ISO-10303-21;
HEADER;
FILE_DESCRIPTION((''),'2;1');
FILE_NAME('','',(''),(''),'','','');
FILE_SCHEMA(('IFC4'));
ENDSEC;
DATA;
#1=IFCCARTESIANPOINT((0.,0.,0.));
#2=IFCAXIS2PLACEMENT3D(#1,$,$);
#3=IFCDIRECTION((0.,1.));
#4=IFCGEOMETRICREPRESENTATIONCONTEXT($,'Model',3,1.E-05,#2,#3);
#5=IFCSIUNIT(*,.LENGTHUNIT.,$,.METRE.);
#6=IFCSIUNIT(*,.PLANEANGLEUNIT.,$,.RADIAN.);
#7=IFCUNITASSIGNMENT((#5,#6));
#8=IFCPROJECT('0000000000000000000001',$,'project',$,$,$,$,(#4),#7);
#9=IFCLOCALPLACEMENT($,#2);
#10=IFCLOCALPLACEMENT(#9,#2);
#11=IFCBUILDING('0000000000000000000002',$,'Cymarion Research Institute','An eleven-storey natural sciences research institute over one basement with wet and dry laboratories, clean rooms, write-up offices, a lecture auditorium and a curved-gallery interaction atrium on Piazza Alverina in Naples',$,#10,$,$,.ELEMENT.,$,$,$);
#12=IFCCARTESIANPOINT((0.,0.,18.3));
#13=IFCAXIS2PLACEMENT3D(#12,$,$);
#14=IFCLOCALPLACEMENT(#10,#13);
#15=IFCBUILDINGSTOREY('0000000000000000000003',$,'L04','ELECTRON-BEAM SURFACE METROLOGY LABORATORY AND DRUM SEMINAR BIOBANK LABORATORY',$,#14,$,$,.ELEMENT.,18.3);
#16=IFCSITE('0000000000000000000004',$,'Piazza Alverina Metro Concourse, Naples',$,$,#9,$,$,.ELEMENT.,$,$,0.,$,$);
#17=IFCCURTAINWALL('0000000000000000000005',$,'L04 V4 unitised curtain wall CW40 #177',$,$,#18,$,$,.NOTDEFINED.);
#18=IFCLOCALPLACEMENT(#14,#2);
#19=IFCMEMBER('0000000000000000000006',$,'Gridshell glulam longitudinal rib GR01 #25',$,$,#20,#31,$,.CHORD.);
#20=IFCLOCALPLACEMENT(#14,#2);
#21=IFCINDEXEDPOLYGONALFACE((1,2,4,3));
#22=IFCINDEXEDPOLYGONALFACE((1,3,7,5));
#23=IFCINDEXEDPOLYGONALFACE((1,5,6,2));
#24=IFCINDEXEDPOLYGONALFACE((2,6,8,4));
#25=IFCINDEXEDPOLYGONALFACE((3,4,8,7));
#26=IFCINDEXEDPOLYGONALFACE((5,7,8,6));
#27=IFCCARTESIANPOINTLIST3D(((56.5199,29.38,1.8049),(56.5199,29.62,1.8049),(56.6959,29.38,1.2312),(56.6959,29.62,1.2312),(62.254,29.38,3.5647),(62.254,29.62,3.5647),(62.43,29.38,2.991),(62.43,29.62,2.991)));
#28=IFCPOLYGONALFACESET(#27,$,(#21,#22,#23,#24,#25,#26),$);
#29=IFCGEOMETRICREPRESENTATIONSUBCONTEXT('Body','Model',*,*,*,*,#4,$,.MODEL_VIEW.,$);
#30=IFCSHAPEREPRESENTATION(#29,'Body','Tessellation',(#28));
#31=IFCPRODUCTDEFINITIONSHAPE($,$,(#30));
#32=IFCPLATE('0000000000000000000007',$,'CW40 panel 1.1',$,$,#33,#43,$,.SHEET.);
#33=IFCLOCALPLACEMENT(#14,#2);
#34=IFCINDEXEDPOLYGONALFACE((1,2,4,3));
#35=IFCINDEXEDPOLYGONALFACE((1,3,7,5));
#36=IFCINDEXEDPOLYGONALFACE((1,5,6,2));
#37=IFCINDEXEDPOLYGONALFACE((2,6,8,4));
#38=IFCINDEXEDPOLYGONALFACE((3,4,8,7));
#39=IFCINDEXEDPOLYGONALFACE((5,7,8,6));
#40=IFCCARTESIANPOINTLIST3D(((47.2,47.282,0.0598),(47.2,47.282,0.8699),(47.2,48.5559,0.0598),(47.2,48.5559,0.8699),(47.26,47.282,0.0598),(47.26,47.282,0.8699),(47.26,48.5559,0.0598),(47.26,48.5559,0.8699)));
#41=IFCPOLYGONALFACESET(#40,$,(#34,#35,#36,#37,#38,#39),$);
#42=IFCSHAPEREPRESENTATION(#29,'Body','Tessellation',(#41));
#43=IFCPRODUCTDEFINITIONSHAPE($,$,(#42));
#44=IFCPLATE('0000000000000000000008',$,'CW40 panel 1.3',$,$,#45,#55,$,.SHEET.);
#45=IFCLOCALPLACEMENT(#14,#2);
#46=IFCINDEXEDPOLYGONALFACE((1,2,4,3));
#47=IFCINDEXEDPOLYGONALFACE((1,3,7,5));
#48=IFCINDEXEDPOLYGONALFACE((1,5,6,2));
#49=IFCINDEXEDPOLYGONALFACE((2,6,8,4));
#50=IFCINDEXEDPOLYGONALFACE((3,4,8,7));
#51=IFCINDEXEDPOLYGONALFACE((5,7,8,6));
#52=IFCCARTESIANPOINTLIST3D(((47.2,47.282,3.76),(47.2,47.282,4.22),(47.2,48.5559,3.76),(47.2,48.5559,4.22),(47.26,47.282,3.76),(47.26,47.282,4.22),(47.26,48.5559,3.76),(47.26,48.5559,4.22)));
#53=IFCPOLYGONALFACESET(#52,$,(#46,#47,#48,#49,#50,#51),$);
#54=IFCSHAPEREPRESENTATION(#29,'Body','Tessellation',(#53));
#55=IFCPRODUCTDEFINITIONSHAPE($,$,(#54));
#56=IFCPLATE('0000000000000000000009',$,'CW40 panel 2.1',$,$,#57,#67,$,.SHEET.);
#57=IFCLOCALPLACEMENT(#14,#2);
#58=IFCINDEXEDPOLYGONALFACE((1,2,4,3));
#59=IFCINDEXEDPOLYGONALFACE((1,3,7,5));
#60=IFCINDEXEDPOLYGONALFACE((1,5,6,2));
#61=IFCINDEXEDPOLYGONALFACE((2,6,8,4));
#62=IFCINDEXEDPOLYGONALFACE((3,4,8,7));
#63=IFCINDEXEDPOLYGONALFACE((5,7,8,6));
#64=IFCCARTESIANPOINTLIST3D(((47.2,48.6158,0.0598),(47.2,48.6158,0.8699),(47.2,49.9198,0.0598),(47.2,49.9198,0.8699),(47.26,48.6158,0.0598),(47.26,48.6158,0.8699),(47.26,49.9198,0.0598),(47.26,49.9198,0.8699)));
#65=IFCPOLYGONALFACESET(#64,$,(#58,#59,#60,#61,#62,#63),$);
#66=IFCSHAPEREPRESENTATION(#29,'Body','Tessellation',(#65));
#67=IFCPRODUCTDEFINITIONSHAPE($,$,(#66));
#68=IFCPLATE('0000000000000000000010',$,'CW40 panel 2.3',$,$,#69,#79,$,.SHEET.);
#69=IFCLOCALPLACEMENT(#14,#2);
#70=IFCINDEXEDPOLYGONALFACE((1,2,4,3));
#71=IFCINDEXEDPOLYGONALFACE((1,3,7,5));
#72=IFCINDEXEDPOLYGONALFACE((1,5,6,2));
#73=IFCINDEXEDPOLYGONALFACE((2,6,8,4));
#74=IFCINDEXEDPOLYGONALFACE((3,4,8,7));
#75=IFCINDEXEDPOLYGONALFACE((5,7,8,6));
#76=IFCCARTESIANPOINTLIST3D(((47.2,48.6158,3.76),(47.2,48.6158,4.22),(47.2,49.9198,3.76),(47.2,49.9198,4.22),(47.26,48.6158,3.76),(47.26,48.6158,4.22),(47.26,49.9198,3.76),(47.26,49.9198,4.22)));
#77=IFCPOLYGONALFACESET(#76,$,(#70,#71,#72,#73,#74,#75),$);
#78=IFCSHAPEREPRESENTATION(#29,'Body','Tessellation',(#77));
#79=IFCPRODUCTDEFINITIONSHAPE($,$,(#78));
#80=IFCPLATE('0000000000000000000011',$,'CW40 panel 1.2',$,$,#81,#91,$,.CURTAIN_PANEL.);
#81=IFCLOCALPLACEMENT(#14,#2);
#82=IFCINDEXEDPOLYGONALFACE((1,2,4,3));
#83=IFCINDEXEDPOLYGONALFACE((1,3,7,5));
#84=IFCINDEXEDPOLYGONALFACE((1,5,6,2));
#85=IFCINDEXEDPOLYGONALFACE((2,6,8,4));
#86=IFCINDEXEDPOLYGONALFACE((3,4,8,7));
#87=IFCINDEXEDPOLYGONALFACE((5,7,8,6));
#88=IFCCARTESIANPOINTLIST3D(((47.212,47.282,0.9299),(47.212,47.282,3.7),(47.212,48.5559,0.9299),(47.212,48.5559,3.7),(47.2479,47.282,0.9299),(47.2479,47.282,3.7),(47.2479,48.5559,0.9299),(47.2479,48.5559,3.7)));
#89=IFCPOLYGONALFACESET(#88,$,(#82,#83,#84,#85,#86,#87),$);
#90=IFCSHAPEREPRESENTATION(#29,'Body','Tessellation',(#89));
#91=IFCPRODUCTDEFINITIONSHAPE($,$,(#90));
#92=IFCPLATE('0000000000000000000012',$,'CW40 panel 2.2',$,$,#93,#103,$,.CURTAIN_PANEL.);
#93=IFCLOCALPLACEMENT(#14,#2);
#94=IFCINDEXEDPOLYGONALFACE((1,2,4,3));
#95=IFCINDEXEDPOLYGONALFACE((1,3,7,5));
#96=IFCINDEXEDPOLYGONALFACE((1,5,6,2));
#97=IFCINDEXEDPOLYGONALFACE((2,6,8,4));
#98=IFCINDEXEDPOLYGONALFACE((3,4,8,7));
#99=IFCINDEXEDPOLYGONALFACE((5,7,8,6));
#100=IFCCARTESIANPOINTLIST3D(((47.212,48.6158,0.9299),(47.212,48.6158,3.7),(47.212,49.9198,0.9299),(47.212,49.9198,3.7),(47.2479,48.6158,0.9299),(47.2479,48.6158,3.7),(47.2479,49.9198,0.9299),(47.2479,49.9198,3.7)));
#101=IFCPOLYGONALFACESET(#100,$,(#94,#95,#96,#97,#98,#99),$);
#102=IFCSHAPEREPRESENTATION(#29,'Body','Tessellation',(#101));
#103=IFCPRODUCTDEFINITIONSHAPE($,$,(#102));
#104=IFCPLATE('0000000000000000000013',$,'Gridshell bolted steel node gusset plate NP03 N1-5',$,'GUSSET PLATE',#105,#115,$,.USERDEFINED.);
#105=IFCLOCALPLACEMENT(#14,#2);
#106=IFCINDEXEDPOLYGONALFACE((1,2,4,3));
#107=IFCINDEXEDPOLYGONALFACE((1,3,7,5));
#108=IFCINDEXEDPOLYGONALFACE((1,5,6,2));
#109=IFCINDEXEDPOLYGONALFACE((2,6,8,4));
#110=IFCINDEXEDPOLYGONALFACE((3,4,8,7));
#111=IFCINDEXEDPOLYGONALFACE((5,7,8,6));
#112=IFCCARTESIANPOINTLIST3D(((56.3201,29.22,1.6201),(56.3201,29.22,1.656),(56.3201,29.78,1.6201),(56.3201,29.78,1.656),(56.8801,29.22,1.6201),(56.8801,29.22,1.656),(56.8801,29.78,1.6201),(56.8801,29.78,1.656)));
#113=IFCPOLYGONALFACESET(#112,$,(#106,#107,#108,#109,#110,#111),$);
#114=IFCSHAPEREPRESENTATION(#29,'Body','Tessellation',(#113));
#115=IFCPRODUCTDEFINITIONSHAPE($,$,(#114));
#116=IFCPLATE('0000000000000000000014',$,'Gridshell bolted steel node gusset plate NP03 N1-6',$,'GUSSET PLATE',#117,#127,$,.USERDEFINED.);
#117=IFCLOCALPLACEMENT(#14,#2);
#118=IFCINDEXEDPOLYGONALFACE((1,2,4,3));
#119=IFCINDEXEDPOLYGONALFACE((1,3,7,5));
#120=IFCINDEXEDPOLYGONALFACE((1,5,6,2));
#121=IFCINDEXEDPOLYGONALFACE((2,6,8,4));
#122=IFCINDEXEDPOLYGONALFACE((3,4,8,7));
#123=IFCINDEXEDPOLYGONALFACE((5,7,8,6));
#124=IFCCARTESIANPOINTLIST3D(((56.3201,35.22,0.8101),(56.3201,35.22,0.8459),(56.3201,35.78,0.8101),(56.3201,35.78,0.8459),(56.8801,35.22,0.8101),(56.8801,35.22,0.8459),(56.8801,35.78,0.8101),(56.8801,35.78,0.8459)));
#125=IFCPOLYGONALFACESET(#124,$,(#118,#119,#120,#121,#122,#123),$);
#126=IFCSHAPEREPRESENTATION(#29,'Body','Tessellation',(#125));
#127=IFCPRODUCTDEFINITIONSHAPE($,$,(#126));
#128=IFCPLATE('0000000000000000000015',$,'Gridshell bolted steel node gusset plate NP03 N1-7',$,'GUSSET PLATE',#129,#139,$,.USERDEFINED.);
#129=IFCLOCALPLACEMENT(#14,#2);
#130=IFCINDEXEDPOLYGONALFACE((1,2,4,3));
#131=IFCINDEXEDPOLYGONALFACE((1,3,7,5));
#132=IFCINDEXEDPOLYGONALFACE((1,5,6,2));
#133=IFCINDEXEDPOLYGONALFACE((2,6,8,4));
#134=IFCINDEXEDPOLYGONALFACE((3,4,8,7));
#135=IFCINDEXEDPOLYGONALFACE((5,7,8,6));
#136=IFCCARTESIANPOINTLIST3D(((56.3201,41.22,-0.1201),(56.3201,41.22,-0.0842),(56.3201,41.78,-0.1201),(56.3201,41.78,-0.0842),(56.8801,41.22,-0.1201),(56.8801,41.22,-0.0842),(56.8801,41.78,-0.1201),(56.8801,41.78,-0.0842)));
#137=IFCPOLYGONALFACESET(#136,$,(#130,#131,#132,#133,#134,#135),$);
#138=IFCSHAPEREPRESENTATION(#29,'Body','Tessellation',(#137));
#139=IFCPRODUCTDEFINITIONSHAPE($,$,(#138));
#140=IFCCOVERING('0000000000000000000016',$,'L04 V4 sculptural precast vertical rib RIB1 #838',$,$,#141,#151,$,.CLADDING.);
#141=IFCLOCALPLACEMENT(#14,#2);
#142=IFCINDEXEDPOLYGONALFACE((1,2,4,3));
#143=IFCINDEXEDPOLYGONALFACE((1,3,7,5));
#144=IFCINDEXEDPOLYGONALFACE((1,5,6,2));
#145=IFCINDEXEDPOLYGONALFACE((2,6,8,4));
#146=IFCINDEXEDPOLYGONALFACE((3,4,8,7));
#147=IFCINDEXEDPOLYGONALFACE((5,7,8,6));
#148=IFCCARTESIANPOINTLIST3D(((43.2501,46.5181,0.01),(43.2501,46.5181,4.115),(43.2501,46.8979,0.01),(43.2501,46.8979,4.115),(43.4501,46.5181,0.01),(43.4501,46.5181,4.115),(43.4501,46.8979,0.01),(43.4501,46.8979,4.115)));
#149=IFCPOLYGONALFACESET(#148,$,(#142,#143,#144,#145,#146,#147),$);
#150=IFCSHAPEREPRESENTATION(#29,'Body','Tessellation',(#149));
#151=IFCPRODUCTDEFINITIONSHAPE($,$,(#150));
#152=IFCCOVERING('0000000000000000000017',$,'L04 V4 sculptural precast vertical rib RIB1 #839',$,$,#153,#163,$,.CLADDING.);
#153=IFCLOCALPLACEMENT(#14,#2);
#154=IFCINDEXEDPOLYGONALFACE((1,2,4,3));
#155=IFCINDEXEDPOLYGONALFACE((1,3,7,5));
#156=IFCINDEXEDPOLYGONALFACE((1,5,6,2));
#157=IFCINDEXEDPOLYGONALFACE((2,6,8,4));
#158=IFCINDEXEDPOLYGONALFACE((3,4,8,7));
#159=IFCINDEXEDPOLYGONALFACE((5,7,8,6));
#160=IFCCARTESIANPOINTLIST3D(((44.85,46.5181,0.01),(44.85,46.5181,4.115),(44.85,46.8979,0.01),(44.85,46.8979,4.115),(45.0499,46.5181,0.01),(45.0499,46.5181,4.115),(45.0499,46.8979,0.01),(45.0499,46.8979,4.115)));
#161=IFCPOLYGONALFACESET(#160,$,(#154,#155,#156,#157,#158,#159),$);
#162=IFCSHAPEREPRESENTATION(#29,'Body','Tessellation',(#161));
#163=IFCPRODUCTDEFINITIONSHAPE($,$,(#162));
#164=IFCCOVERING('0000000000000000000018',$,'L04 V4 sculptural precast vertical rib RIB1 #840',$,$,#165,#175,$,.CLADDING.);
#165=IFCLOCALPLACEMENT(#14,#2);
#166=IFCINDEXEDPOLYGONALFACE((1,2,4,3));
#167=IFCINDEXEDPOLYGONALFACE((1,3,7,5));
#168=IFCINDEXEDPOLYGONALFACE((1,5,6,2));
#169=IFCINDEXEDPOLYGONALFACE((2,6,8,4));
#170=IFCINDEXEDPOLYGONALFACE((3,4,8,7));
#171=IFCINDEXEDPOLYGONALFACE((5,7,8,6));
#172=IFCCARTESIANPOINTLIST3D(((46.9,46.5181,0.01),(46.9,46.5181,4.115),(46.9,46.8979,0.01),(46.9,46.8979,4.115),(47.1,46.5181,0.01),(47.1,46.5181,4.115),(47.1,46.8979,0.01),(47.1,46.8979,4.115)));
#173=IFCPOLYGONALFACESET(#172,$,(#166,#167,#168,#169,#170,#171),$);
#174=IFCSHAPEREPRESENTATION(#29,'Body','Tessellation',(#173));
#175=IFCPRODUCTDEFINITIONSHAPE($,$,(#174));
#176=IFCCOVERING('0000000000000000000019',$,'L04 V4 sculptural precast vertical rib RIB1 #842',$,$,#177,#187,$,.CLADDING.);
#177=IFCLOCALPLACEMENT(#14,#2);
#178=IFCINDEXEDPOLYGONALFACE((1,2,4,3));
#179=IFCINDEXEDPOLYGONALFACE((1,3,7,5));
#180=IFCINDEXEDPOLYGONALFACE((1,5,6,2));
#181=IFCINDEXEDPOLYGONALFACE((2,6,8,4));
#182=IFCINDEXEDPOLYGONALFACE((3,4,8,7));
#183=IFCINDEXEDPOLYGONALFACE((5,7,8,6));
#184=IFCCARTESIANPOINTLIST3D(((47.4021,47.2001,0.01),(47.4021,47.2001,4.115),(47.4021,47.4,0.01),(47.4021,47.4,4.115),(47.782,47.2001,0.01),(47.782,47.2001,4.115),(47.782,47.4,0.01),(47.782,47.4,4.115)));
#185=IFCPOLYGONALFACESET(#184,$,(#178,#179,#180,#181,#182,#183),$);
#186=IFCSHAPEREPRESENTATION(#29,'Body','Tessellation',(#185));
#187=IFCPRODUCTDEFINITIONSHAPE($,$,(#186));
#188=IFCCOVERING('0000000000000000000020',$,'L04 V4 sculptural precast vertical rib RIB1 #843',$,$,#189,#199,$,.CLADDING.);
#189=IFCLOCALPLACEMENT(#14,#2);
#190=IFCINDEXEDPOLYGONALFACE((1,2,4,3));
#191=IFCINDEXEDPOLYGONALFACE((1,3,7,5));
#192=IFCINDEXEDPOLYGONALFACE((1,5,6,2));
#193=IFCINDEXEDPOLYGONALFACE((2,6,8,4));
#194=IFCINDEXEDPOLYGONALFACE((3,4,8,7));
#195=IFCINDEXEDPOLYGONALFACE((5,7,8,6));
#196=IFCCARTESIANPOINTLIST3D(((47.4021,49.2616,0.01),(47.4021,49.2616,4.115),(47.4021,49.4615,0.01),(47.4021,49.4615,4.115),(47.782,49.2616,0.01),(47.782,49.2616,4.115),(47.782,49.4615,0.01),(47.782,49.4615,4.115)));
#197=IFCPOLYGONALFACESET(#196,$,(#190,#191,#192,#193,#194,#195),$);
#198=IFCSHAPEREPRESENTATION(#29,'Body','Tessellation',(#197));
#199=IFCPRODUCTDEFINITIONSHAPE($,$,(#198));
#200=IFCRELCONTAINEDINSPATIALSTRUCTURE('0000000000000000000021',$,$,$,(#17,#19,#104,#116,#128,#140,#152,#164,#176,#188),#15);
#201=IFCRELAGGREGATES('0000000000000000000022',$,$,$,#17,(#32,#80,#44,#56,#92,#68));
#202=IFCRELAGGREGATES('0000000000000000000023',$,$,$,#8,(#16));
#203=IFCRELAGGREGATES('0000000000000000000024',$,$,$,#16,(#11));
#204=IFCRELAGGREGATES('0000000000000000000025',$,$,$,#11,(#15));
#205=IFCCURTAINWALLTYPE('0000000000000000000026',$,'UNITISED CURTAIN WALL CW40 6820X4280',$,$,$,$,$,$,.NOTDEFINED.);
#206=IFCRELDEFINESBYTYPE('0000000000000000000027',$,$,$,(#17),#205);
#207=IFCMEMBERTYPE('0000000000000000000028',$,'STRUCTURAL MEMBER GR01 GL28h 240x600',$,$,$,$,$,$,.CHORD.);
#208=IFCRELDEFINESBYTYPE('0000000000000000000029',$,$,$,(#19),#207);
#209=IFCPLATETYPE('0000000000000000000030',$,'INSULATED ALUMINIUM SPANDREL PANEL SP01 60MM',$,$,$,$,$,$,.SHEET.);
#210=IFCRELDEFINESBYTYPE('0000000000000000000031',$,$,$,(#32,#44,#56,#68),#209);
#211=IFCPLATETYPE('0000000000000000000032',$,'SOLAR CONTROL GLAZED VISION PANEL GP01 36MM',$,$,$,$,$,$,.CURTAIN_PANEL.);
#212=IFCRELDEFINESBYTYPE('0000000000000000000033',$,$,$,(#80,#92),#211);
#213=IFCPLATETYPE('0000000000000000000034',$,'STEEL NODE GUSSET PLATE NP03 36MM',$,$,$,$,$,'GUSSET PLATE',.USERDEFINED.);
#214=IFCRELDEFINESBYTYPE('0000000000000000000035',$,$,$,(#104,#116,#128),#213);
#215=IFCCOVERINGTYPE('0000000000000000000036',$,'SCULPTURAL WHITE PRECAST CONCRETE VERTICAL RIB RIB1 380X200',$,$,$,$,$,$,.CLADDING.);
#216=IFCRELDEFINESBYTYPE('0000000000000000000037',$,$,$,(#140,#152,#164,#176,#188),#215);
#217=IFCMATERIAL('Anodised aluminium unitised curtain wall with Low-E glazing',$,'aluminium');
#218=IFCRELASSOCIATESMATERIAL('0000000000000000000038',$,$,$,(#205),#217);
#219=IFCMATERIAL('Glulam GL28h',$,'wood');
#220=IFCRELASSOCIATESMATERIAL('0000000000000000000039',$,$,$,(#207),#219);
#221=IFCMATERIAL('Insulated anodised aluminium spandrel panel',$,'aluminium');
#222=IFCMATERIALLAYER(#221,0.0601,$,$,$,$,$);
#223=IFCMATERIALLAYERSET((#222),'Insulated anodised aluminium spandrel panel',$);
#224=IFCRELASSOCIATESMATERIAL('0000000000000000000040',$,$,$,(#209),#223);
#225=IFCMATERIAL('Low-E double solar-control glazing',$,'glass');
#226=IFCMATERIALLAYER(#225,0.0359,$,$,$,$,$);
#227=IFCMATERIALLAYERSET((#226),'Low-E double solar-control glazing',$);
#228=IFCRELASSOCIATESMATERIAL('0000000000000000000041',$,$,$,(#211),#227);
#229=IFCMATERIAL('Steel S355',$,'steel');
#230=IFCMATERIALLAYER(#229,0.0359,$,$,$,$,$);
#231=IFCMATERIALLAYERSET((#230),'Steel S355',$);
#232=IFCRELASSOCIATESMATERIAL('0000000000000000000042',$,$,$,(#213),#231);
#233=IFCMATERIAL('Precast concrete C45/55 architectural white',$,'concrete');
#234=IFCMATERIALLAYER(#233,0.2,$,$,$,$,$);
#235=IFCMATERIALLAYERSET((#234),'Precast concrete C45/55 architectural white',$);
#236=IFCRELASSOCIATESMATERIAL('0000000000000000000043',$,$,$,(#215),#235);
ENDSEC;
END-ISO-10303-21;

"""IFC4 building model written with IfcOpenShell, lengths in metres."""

from ifc_helpers import new_model, si_unit, direction, frame, origin, origin_2d, place, context, subcontext, project, spatial, rectangle, extrude, material, layer, layer_set, material_profile, profile_set, type_object, element, aggregate, save


model = new_model("IFC4")

# Units and contexts
model_context = context("Model", 3, precision=1e-05, world=origin(), true_north=direction((0.0, 1.0)))
body_context = subcontext(model_context, "Body", "Model", "MODEL_VIEW")
ifc_project = project(units=[si_unit("LENGTHUNIT", "METRE"), si_unit("PLANEANGLEUNIT", "RADIAN")], contexts=[model_context])

# Site, building, storey
site_placement = place(None, origin())
site = spatial("IfcSite", under=ifc_project, at=site_placement, Name="Piazza Alverina Metro Concourse, Naples", CompositionType="ELEMENT", RefElevation=0.0)
building_placement = place(site_placement, origin())
building = spatial("IfcBuilding", under=site, at=building_placement, Name="Cymarion Research Institute", Description="An eleven-storey natural sciences research institute over one basement with wet and dry laboratories, clean rooms, write-up offices, a lecture auditorium and a curved-gallery interaction atrium on Piazza Alverina in Naples", CompositionType="ELEMENT")
storey_placement = place(building_placement, frame((0.0, 0.0, 18.3)))
storey = spatial("IfcBuildingStorey", under=building, at=storey_placement, Name="L04", Description="ELECTRON-BEAM SURFACE METROLOGY LABORATORY AND DRUM SEMINAR BIOBANK LABORATORY", CompositionType="ELEMENT", Elevation=18.3)

# Shared definitions
ifc_material_1 = material(Name="Steel S355", Category="steel")

# Curtain wall
ifc_material_2 = material(Name="Anodised aluminium unitised curtain wall with Low-E glazing", Category="aluminium")
curtain_wall_type = type_object("IfcCurtainWallType", Name="UNITISED CURTAIN WALL CW40 6820X4280", PredefinedType="NOTDEFINED", material=ifc_material_2)
curtain_wall_placement = place(storey_placement, origin())
curtain_wall = element("IfcCurtainWall", 1, at=curtain_wall_placement, inside=storey, type_object=curtain_wall_type, Name="L04 V4 unitised curtain wall CW40 #177", PredefinedType="NOTDEFINED")

# Member
ifc_material_3 = material(Name="Glulam GL28h", Category="wood")
ifc_material_profile_1 = material_profile(ifc_material_3, rectangle(XDim=0.24, YDim=0.6001, at=origin_2d()), Name="GL28h 240x600")
ifc_profile_set_1 = profile_set([ifc_material_profile_1], Name="Glulam GL28h")
member_type_1 = type_object("IfcMemberType", Name="STRUCTURAL MEMBER GR01 GL28h 240x600", PredefinedType="CHORD", material=ifc_profile_set_1)
member_1_placement = place(storey_placement, frame((56.6079, 29.5, 1.5181), z_axis=(0.955993, 0.0, 0.293388), x_axis=(0.0, 1.0, 0.0)))
element("IfcMember", 2, at=member_1_placement, inside=storey, type_object=member_type_1, Name="Gridshell glulam longitudinal rib GR01 #25", PredefinedType="CHORD", context=body_context, shape_type="SweptSolid", body=[
    extrude(rectangle(XDim=0.24, YDim=0.6001, at=origin_2d()), origin(), (0.0, 0.0, 1.0), 5.998),
])

# Plates
ifc_material_4 = material(Name="Insulated anodised aluminium spandrel panel", Category="aluminium")
ifc_layer_1 = layer(ifc_material_4, 0.0601)
ifc_layer_set_1 = layer_set([ifc_layer_1], Name="Insulated anodised aluminium spandrel panel")
plate_type_1 = type_object("IfcPlateType", Name="INSULATED ALUMINIUM SPANDREL PANEL SP01 60MM", PredefinedType="SHEET", material=ifc_layer_set_1)
plate_1_placement = place(storey_placement, frame((47.23, 47.9189, 0.0598), z_axis=(0.0, 0.0, 1.0), x_axis=(0.0, 1.0, 0.0)))
plate_1 = element("IfcPlate", 3, at=plate_1_placement, type_object=plate_type_1, Name="CW40 panel 1.1", PredefinedType="SHEET", context=body_context, shape_type="SweptSolid", body=[
    extrude(rectangle(XDim=1.2739, YDim=0.0601, at=origin_2d()), origin(), (0.0, 0.0, 1.0), 0.8101),
])
plate_2_placement = place(storey_placement, frame((47.23, 47.9189, 3.76), z_axis=(0.0, 0.0, 1.0), x_axis=(0.0, 1.0, 0.0)))
plate_2 = element("IfcPlate", 4, at=plate_2_placement, type_object=plate_type_1, Name="CW40 panel 1.3", PredefinedType="SHEET", context=body_context, shape_type="SweptSolid", body=[
    extrude(rectangle(XDim=1.2739, YDim=0.0601, at=origin_2d()), origin(), (0.0, 0.0, 1.0), 0.46),
])
plate_3_placement = place(storey_placement, frame((47.23, 49.2678, 0.0598), z_axis=(0.0, 0.0, 1.0), x_axis=(0.0, 1.0, 0.0)))
plate_3 = element("IfcPlate", 5, at=plate_3_placement, type_object=plate_type_1, Name="CW40 panel 2.1", PredefinedType="SHEET", context=body_context, shape_type="SweptSolid", body=[
    extrude(rectangle(XDim=1.304, YDim=0.0601, at=origin_2d()), origin(), (0.0, 0.0, 1.0), 0.8101),
])
plate_4_placement = place(storey_placement, frame((47.23, 49.2678, 3.76), z_axis=(0.0, 0.0, 1.0), x_axis=(0.0, 1.0, 0.0)))
plate_4 = element("IfcPlate", 6, at=plate_4_placement, type_object=plate_type_1, Name="CW40 panel 2.3", PredefinedType="SHEET", context=body_context, shape_type="SweptSolid", body=[
    extrude(rectangle(XDim=1.304, YDim=0.0601, at=origin_2d()), origin(), (0.0, 0.0, 1.0), 0.46),
])
ifc_material_5 = material(Name="Low-E double solar-control glazing", Category="glass")
ifc_layer_2 = layer(ifc_material_5, 0.0359)
ifc_layer_set_2 = layer_set([ifc_layer_2], Name="Low-E double solar-control glazing")
plate_type_2 = type_object("IfcPlateType", Name="SOLAR CONTROL GLAZED VISION PANEL GP01 36MM", PredefinedType="CURTAIN_PANEL", material=ifc_layer_set_2)
plate_5_placement = place(storey_placement, frame((47.23, 47.9189, 0.9299), z_axis=(0.0, 0.0, 1.0), x_axis=(0.0, 1.0, 0.0)))
plate_5 = element("IfcPlate", 7, at=plate_5_placement, type_object=plate_type_2, Name="CW40 panel 1.2", PredefinedType="CURTAIN_PANEL", context=body_context, shape_type="SweptSolid", body=[
    extrude(rectangle(XDim=1.2739, YDim=0.0359, at=origin_2d()), origin(), (0.0, 0.0, 1.0), 2.77),
])
plate_6_placement = place(storey_placement, frame((47.23, 49.2678, 0.9299), z_axis=(0.0, 0.0, 1.0), x_axis=(0.0, 1.0, 0.0)))
plate_6 = element("IfcPlate", 8, at=plate_6_placement, type_object=plate_type_2, Name="CW40 panel 2.2", PredefinedType="CURTAIN_PANEL", context=body_context, shape_type="SweptSolid", body=[
    extrude(rectangle(XDim=1.304, YDim=0.0359, at=origin_2d()), origin(), (0.0, 0.0, 1.0), 2.77),
])
aggregate(curtain_wall, [plate_1, plate_5, plate_2, plate_3, plate_6, plate_4])

# Plates
ifc_layer_3 = layer(ifc_material_1, 0.0359)
ifc_layer_set_3 = layer_set([ifc_layer_3], Name="Steel S355")
plate_type_3 = type_object("IfcPlateType", Name="STEEL NODE GUSSET PLATE NP03 36MM", ElementType="GUSSET PLATE", PredefinedType="USERDEFINED", material=ifc_layer_set_3)
for number, where, z_axis, x_axis, name in (
    (9, (56.6001, 29.5, 1.6201), (0.0, 0.0, 1.0), (1.0, 0.0, 0.0), "Gridshell bolted steel node gusset plate NP03 N1-5"),
    (10, (56.6001, 35.5, 0.8101), (0.0, 0.0, 1.0), (1.0, 0.0, 0.0), "Gridshell bolted steel node gusset plate NP03 N1-6"),
    (11, (56.6001, 41.5, -0.1201), (0.0, 0.0, 1.0), (1.0, 0.0, 0.0), "Gridshell bolted steel node gusset plate NP03 N1-7"),
):
    element("IfcPlate", number, at=place(storey_placement, frame(where, z_axis=z_axis, x_axis=x_axis)), inside=storey, type_object=plate_type_3, Name=name, ObjectType="GUSSET PLATE", PredefinedType="USERDEFINED", context=body_context, shape_type="SweptSolid", body=[
        extrude(rectangle(XDim=0.5601, YDim=0.5601, at=origin_2d()), origin(), (0.0, 0.0, 1.0), 0.0359),
    ])

# Coverings
ifc_material_6 = material(Name="Precast concrete C45/55 architectural white", Category="concrete")
ifc_layer_4 = layer(ifc_material_6, 0.2)
ifc_layer_set_4 = layer_set([ifc_layer_4], Name="Precast concrete C45/55 architectural white")
covering_type = type_object("IfcCoveringType", Name="SCULPTURAL WHITE PRECAST CONCRETE VERTICAL RIB RIB1 380X200", PredefinedType="CLADDING", material=ifc_layer_set_4)
for number, where, z_axis, x_axis, name in (
    (12, (43.3501, 46.708, 0.01), (0.0, 0.0, 1.0), (0.0, -1.0, 0.0), "L04 V4 sculptural precast vertical rib RIB1 #838"),
    (13, (44.95, 46.708, 0.01), (0.0, 0.0, 1.0), (0.0, -1.0, 0.0), "L04 V4 sculptural precast vertical rib RIB1 #839"),
    (14, (47.0, 46.708, 0.01), (0.0, 0.0, 1.0), (0.0, -1.0, 0.0), "L04 V4 sculptural precast vertical rib RIB1 #840"),
    (15, (47.592, 47.3, 0.01), (0.0, 0.0, 1.0), (1.0, 0.0, 0.0), "L04 V4 sculptural precast vertical rib RIB1 #842"),
    (16, (47.592, 49.3616, 0.01), (0.0, 0.0, 1.0), (1.0, 0.0, 0.0), "L04 V4 sculptural precast vertical rib RIB1 #843"),
):
    element("IfcCovering", number, at=place(storey_placement, frame(where, z_axis=z_axis, x_axis=x_axis)), inside=storey, type_object=covering_type, Name=name, PredefinedType="CLADDING", context=body_context, shape_type="SweptSolid", body=[
        extrude(rectangle(XDim=0.3799, YDim=0.2, at=origin_2d()), origin(), (0.0, 0.0, 1.0), 4.105),
    ])

save(model, "model.ifc")
